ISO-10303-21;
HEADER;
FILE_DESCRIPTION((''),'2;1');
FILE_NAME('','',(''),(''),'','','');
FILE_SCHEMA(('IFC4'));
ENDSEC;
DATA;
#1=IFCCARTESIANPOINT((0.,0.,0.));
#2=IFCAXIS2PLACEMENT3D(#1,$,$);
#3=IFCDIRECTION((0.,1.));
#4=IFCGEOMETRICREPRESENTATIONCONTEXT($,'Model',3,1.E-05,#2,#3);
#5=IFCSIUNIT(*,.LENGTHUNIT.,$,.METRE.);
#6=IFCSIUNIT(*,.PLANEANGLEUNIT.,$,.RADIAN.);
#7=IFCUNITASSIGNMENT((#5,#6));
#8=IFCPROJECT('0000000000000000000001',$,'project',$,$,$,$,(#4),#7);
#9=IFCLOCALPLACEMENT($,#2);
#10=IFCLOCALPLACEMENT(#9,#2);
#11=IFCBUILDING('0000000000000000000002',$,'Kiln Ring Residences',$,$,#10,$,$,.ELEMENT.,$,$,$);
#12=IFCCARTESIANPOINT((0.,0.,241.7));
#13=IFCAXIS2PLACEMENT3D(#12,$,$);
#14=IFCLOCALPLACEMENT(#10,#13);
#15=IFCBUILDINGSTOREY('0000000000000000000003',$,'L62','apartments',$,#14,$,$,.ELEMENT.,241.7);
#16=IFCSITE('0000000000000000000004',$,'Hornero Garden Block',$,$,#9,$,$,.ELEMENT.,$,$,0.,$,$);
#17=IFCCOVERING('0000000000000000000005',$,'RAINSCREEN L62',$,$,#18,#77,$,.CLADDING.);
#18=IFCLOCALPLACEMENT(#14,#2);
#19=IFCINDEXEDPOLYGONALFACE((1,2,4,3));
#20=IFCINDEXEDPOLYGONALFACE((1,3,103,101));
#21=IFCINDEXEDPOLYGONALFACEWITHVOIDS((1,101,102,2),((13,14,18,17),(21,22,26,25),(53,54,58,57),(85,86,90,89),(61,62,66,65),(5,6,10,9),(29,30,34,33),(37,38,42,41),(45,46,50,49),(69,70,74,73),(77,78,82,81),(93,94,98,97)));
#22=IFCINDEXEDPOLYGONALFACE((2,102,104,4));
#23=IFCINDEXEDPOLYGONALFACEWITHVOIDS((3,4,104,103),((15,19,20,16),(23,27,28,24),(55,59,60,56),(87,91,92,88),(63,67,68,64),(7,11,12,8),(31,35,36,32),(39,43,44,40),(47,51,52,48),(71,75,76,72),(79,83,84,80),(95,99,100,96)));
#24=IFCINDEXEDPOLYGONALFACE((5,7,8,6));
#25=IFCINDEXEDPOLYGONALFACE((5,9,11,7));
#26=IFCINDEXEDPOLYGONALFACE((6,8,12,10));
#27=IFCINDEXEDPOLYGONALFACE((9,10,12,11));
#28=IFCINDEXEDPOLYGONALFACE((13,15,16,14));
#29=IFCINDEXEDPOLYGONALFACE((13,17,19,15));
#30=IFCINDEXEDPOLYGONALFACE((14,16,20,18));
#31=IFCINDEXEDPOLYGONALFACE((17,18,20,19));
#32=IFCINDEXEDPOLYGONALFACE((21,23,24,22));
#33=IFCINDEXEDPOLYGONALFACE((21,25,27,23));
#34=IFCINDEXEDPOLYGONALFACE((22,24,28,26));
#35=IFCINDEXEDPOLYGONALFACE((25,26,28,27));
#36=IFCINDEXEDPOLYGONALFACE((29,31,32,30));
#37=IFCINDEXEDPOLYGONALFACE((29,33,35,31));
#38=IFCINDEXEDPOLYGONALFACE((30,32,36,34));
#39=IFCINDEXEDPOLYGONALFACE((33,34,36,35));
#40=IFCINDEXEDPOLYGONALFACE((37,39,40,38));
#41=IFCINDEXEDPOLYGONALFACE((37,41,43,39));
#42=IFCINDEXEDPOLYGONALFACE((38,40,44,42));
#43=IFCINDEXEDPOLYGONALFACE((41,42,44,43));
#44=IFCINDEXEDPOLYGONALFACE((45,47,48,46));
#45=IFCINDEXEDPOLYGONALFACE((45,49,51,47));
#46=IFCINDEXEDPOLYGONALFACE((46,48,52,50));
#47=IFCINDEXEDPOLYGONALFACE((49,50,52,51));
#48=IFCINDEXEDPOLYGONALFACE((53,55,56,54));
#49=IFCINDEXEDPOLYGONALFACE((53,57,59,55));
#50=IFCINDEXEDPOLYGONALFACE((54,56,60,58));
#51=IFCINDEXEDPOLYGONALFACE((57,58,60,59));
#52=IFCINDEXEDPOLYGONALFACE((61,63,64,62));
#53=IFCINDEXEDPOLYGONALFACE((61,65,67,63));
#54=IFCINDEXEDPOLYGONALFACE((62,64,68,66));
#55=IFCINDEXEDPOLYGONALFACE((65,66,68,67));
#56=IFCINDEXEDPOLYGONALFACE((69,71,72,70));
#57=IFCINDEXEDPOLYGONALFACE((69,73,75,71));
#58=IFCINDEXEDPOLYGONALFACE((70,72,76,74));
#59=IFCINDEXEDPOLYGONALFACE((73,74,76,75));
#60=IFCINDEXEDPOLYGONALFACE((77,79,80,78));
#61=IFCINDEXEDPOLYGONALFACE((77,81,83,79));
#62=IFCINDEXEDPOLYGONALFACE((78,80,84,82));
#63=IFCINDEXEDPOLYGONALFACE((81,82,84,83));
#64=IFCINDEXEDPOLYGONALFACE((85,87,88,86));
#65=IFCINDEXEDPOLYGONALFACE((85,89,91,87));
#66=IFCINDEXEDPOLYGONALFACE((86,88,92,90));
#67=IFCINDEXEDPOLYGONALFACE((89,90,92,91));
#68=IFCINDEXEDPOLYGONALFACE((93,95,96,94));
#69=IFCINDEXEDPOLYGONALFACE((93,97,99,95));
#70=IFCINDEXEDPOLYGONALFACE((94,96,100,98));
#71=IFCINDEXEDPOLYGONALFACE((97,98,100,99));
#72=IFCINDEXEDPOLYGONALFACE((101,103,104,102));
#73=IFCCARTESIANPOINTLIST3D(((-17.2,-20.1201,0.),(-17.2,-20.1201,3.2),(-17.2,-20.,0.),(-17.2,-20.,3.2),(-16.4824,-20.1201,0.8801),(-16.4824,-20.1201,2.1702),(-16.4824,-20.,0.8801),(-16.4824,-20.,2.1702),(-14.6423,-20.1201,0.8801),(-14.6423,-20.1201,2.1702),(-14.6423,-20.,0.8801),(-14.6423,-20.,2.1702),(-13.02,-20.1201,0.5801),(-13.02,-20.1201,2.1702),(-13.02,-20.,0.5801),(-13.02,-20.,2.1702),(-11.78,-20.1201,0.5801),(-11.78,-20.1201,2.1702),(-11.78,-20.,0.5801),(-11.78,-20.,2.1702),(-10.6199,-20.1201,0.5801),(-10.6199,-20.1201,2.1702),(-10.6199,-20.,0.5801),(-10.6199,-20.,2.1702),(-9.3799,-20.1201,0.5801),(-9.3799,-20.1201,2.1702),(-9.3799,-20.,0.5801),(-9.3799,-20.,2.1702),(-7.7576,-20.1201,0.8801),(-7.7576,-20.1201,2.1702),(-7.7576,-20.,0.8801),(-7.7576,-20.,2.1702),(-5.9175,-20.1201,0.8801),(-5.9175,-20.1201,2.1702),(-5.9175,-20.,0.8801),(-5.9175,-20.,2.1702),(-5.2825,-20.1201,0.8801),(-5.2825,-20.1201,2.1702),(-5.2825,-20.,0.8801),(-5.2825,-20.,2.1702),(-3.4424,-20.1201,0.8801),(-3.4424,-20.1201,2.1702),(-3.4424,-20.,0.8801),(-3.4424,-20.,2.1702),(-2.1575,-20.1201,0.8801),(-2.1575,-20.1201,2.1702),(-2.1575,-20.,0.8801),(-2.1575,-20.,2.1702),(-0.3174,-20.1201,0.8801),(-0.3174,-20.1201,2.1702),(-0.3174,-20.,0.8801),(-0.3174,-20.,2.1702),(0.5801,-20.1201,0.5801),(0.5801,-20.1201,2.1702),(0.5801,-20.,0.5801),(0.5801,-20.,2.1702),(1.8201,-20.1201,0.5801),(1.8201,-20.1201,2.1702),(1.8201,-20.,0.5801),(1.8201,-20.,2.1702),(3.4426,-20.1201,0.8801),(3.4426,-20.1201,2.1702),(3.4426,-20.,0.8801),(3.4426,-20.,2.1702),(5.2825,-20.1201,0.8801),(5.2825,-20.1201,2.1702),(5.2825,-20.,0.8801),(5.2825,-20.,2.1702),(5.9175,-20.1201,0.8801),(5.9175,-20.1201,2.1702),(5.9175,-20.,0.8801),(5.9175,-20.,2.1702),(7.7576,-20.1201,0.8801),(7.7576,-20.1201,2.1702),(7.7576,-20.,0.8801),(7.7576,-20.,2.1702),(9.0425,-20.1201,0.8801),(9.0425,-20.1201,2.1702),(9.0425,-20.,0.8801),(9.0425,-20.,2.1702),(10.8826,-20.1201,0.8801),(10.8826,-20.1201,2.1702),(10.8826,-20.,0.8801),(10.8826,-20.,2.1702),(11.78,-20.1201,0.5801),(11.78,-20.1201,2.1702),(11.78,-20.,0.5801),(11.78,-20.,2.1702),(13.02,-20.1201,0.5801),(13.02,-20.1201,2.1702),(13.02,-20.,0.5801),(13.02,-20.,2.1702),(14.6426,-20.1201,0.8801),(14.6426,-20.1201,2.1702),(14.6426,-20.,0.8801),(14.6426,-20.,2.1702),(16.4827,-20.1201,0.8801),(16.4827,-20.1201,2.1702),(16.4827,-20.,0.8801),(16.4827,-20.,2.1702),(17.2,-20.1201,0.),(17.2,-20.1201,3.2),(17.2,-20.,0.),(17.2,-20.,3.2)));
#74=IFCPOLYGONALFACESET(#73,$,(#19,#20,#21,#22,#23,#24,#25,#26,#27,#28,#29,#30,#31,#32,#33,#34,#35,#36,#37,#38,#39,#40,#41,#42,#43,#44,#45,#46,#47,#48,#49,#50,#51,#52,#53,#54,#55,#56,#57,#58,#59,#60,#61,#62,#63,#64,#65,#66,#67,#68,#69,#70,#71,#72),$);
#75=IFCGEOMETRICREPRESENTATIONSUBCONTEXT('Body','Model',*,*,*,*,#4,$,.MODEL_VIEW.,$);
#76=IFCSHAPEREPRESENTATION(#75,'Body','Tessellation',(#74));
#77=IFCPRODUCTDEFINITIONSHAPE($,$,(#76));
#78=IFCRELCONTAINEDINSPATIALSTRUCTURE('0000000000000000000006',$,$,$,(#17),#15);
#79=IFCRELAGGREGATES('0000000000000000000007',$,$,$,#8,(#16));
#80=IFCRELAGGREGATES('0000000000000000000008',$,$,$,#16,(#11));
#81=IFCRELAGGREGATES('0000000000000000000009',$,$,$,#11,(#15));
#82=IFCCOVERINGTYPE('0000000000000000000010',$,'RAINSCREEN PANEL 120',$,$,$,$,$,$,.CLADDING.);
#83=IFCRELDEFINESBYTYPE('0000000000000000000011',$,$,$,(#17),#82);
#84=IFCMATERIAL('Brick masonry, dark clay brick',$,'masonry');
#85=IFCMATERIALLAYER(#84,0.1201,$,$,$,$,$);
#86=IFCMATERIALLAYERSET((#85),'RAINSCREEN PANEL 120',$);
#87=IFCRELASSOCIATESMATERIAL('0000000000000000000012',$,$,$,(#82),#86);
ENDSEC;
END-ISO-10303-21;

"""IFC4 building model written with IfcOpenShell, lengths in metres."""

from ifc_helpers import new_model, si_unit, direction, frame, origin, place, context, subcontext, project, spatial, polyline, outline, extrude, material, layer, layer_set, type_object, element, save


model = new_model("IFC4")

# Units and contexts
model_context = context("Model", 3, precision=1e-05, world=origin(), true_north=direction((0.0, 1.0)))
body_context = subcontext(model_context, "Body", "Model", "MODEL_VIEW")
ifc_project = project(units=[si_unit("LENGTHUNIT", "METRE"), si_unit("PLANEANGLEUNIT", "RADIAN")], contexts=[model_context])

# Site, building, storey
site_placement = place(None, origin())
site = spatial("IfcSite", under=ifc_project, at=site_placement, Name="Hornero Garden Block", CompositionType="ELEMENT", RefElevation=0.0)
building_placement = place(site_placement, origin())
building = spatial("IfcBuilding", under=site, at=building_placement, Name="Kiln Ring Residences", CompositionType="ELEMENT")
storey_placement = place(building_placement, frame((0.0, 0.0, 241.7)))
storey = spatial("IfcBuildingStorey", under=building, at=storey_placement, Name="L62", Description="apartments", CompositionType="ELEMENT", Elevation=241.7)

# Covering
ifc_material_1 = material(Name="Brick masonry, dark clay brick", Category="masonry")
ifc_layer_1 = layer(ifc_material_1, 0.1201)
ifc_layer_set_1 = layer_set([ifc_layer_1], Name="RAINSCREEN PANEL 120")
covering_type = type_object("IfcCoveringType", Name="RAINSCREEN PANEL 120", PredefinedType="CLADDING", material=ifc_layer_set_1)
covering_1_placement = place(storey_placement, frame((-17.2, -20.0601, 0.0), z_axis=(0.0, 0.0, 1.0), x_axis=(1.0, 0.0, 0.0)))
element("IfcCovering", 1, at=covering_1_placement, inside=storey, type_object=covering_type, Name="RAINSCREEN L62", PredefinedType="CLADDING", context=body_context, shape_type="SweptSolid", body=[
    extrude(outline(polyline([(0.0, 0.0), (34.3999, 0.0), (34.3999, 3.2), (0.0, 3.2), (0.0, 0.0)]), holes=[polyline([(4.1799, 0.5801), (5.4199, 0.5801), (5.4199, 2.1702), (4.1799, 2.1702), (4.1799, 0.5801)]), polyline([(6.5801, 2.1702), (6.5801, 0.5801), (7.8201, 0.5801), (7.8201, 2.1702), (6.5801, 2.1702)]), polyline([(0.7175, 2.1702), (0.7175, 0.8801), (2.5576, 0.8801), (2.5576, 2.1702), (0.7175, 2.1702)]), polyline([(9.4424, 0.8801), (11.2825, 0.8801), (11.2825, 2.1702), (9.4424, 2.1702), (9.4424, 0.8801)]), polyline([(11.9175, 2.1702), (11.9175, 0.8801), (13.7576, 0.8801), (13.7576, 2.1702), (11.9175, 2.1702)]), polyline([(15.0425, 2.1702), (15.0425, 0.8801), (16.8826, 0.8801), (16.8826, 2.1702), (15.0425, 2.1702)]), polyline([(17.78, 0.5801), (19.02, 0.5801), (19.02, 2.1702), (17.78, 2.1702), (17.78, 0.5801)]), polyline([(28.98, 2.1702), (28.98, 0.5801), (30.22, 0.5801), (30.22, 2.1702), (28.98, 2.1702)]), polyline([(20.6426, 2.1702), (20.6426, 0.8801), (22.4824, 0.8801), (22.4824, 2.1702), (20.6426, 2.1702)]), polyline([(23.1174, 0.8801), (24.9575, 0.8801), (24.9575, 2.1702), (23.1174, 2.1702), (23.1174, 0.8801)]), polyline([(26.2424, 2.1702), (26.2424, 0.8801), (28.0825, 0.8801), (28.0825, 2.1702), (26.2424, 2.1702)]), polyline([(31.8425, 2.1702), (31.8425, 0.8801), (33.6826, 0.8801), (33.6826, 2.1702), (31.8425, 2.1702)])]), frame((0.0, 0.0601, 0.0), z_axis=(0.0, -1.0, 0.0), x_axis=(1.0, 0.0, 0.0)), (0.0, 0.0, 1.0), 0.1201),
])

save(model, "model.ifc")
